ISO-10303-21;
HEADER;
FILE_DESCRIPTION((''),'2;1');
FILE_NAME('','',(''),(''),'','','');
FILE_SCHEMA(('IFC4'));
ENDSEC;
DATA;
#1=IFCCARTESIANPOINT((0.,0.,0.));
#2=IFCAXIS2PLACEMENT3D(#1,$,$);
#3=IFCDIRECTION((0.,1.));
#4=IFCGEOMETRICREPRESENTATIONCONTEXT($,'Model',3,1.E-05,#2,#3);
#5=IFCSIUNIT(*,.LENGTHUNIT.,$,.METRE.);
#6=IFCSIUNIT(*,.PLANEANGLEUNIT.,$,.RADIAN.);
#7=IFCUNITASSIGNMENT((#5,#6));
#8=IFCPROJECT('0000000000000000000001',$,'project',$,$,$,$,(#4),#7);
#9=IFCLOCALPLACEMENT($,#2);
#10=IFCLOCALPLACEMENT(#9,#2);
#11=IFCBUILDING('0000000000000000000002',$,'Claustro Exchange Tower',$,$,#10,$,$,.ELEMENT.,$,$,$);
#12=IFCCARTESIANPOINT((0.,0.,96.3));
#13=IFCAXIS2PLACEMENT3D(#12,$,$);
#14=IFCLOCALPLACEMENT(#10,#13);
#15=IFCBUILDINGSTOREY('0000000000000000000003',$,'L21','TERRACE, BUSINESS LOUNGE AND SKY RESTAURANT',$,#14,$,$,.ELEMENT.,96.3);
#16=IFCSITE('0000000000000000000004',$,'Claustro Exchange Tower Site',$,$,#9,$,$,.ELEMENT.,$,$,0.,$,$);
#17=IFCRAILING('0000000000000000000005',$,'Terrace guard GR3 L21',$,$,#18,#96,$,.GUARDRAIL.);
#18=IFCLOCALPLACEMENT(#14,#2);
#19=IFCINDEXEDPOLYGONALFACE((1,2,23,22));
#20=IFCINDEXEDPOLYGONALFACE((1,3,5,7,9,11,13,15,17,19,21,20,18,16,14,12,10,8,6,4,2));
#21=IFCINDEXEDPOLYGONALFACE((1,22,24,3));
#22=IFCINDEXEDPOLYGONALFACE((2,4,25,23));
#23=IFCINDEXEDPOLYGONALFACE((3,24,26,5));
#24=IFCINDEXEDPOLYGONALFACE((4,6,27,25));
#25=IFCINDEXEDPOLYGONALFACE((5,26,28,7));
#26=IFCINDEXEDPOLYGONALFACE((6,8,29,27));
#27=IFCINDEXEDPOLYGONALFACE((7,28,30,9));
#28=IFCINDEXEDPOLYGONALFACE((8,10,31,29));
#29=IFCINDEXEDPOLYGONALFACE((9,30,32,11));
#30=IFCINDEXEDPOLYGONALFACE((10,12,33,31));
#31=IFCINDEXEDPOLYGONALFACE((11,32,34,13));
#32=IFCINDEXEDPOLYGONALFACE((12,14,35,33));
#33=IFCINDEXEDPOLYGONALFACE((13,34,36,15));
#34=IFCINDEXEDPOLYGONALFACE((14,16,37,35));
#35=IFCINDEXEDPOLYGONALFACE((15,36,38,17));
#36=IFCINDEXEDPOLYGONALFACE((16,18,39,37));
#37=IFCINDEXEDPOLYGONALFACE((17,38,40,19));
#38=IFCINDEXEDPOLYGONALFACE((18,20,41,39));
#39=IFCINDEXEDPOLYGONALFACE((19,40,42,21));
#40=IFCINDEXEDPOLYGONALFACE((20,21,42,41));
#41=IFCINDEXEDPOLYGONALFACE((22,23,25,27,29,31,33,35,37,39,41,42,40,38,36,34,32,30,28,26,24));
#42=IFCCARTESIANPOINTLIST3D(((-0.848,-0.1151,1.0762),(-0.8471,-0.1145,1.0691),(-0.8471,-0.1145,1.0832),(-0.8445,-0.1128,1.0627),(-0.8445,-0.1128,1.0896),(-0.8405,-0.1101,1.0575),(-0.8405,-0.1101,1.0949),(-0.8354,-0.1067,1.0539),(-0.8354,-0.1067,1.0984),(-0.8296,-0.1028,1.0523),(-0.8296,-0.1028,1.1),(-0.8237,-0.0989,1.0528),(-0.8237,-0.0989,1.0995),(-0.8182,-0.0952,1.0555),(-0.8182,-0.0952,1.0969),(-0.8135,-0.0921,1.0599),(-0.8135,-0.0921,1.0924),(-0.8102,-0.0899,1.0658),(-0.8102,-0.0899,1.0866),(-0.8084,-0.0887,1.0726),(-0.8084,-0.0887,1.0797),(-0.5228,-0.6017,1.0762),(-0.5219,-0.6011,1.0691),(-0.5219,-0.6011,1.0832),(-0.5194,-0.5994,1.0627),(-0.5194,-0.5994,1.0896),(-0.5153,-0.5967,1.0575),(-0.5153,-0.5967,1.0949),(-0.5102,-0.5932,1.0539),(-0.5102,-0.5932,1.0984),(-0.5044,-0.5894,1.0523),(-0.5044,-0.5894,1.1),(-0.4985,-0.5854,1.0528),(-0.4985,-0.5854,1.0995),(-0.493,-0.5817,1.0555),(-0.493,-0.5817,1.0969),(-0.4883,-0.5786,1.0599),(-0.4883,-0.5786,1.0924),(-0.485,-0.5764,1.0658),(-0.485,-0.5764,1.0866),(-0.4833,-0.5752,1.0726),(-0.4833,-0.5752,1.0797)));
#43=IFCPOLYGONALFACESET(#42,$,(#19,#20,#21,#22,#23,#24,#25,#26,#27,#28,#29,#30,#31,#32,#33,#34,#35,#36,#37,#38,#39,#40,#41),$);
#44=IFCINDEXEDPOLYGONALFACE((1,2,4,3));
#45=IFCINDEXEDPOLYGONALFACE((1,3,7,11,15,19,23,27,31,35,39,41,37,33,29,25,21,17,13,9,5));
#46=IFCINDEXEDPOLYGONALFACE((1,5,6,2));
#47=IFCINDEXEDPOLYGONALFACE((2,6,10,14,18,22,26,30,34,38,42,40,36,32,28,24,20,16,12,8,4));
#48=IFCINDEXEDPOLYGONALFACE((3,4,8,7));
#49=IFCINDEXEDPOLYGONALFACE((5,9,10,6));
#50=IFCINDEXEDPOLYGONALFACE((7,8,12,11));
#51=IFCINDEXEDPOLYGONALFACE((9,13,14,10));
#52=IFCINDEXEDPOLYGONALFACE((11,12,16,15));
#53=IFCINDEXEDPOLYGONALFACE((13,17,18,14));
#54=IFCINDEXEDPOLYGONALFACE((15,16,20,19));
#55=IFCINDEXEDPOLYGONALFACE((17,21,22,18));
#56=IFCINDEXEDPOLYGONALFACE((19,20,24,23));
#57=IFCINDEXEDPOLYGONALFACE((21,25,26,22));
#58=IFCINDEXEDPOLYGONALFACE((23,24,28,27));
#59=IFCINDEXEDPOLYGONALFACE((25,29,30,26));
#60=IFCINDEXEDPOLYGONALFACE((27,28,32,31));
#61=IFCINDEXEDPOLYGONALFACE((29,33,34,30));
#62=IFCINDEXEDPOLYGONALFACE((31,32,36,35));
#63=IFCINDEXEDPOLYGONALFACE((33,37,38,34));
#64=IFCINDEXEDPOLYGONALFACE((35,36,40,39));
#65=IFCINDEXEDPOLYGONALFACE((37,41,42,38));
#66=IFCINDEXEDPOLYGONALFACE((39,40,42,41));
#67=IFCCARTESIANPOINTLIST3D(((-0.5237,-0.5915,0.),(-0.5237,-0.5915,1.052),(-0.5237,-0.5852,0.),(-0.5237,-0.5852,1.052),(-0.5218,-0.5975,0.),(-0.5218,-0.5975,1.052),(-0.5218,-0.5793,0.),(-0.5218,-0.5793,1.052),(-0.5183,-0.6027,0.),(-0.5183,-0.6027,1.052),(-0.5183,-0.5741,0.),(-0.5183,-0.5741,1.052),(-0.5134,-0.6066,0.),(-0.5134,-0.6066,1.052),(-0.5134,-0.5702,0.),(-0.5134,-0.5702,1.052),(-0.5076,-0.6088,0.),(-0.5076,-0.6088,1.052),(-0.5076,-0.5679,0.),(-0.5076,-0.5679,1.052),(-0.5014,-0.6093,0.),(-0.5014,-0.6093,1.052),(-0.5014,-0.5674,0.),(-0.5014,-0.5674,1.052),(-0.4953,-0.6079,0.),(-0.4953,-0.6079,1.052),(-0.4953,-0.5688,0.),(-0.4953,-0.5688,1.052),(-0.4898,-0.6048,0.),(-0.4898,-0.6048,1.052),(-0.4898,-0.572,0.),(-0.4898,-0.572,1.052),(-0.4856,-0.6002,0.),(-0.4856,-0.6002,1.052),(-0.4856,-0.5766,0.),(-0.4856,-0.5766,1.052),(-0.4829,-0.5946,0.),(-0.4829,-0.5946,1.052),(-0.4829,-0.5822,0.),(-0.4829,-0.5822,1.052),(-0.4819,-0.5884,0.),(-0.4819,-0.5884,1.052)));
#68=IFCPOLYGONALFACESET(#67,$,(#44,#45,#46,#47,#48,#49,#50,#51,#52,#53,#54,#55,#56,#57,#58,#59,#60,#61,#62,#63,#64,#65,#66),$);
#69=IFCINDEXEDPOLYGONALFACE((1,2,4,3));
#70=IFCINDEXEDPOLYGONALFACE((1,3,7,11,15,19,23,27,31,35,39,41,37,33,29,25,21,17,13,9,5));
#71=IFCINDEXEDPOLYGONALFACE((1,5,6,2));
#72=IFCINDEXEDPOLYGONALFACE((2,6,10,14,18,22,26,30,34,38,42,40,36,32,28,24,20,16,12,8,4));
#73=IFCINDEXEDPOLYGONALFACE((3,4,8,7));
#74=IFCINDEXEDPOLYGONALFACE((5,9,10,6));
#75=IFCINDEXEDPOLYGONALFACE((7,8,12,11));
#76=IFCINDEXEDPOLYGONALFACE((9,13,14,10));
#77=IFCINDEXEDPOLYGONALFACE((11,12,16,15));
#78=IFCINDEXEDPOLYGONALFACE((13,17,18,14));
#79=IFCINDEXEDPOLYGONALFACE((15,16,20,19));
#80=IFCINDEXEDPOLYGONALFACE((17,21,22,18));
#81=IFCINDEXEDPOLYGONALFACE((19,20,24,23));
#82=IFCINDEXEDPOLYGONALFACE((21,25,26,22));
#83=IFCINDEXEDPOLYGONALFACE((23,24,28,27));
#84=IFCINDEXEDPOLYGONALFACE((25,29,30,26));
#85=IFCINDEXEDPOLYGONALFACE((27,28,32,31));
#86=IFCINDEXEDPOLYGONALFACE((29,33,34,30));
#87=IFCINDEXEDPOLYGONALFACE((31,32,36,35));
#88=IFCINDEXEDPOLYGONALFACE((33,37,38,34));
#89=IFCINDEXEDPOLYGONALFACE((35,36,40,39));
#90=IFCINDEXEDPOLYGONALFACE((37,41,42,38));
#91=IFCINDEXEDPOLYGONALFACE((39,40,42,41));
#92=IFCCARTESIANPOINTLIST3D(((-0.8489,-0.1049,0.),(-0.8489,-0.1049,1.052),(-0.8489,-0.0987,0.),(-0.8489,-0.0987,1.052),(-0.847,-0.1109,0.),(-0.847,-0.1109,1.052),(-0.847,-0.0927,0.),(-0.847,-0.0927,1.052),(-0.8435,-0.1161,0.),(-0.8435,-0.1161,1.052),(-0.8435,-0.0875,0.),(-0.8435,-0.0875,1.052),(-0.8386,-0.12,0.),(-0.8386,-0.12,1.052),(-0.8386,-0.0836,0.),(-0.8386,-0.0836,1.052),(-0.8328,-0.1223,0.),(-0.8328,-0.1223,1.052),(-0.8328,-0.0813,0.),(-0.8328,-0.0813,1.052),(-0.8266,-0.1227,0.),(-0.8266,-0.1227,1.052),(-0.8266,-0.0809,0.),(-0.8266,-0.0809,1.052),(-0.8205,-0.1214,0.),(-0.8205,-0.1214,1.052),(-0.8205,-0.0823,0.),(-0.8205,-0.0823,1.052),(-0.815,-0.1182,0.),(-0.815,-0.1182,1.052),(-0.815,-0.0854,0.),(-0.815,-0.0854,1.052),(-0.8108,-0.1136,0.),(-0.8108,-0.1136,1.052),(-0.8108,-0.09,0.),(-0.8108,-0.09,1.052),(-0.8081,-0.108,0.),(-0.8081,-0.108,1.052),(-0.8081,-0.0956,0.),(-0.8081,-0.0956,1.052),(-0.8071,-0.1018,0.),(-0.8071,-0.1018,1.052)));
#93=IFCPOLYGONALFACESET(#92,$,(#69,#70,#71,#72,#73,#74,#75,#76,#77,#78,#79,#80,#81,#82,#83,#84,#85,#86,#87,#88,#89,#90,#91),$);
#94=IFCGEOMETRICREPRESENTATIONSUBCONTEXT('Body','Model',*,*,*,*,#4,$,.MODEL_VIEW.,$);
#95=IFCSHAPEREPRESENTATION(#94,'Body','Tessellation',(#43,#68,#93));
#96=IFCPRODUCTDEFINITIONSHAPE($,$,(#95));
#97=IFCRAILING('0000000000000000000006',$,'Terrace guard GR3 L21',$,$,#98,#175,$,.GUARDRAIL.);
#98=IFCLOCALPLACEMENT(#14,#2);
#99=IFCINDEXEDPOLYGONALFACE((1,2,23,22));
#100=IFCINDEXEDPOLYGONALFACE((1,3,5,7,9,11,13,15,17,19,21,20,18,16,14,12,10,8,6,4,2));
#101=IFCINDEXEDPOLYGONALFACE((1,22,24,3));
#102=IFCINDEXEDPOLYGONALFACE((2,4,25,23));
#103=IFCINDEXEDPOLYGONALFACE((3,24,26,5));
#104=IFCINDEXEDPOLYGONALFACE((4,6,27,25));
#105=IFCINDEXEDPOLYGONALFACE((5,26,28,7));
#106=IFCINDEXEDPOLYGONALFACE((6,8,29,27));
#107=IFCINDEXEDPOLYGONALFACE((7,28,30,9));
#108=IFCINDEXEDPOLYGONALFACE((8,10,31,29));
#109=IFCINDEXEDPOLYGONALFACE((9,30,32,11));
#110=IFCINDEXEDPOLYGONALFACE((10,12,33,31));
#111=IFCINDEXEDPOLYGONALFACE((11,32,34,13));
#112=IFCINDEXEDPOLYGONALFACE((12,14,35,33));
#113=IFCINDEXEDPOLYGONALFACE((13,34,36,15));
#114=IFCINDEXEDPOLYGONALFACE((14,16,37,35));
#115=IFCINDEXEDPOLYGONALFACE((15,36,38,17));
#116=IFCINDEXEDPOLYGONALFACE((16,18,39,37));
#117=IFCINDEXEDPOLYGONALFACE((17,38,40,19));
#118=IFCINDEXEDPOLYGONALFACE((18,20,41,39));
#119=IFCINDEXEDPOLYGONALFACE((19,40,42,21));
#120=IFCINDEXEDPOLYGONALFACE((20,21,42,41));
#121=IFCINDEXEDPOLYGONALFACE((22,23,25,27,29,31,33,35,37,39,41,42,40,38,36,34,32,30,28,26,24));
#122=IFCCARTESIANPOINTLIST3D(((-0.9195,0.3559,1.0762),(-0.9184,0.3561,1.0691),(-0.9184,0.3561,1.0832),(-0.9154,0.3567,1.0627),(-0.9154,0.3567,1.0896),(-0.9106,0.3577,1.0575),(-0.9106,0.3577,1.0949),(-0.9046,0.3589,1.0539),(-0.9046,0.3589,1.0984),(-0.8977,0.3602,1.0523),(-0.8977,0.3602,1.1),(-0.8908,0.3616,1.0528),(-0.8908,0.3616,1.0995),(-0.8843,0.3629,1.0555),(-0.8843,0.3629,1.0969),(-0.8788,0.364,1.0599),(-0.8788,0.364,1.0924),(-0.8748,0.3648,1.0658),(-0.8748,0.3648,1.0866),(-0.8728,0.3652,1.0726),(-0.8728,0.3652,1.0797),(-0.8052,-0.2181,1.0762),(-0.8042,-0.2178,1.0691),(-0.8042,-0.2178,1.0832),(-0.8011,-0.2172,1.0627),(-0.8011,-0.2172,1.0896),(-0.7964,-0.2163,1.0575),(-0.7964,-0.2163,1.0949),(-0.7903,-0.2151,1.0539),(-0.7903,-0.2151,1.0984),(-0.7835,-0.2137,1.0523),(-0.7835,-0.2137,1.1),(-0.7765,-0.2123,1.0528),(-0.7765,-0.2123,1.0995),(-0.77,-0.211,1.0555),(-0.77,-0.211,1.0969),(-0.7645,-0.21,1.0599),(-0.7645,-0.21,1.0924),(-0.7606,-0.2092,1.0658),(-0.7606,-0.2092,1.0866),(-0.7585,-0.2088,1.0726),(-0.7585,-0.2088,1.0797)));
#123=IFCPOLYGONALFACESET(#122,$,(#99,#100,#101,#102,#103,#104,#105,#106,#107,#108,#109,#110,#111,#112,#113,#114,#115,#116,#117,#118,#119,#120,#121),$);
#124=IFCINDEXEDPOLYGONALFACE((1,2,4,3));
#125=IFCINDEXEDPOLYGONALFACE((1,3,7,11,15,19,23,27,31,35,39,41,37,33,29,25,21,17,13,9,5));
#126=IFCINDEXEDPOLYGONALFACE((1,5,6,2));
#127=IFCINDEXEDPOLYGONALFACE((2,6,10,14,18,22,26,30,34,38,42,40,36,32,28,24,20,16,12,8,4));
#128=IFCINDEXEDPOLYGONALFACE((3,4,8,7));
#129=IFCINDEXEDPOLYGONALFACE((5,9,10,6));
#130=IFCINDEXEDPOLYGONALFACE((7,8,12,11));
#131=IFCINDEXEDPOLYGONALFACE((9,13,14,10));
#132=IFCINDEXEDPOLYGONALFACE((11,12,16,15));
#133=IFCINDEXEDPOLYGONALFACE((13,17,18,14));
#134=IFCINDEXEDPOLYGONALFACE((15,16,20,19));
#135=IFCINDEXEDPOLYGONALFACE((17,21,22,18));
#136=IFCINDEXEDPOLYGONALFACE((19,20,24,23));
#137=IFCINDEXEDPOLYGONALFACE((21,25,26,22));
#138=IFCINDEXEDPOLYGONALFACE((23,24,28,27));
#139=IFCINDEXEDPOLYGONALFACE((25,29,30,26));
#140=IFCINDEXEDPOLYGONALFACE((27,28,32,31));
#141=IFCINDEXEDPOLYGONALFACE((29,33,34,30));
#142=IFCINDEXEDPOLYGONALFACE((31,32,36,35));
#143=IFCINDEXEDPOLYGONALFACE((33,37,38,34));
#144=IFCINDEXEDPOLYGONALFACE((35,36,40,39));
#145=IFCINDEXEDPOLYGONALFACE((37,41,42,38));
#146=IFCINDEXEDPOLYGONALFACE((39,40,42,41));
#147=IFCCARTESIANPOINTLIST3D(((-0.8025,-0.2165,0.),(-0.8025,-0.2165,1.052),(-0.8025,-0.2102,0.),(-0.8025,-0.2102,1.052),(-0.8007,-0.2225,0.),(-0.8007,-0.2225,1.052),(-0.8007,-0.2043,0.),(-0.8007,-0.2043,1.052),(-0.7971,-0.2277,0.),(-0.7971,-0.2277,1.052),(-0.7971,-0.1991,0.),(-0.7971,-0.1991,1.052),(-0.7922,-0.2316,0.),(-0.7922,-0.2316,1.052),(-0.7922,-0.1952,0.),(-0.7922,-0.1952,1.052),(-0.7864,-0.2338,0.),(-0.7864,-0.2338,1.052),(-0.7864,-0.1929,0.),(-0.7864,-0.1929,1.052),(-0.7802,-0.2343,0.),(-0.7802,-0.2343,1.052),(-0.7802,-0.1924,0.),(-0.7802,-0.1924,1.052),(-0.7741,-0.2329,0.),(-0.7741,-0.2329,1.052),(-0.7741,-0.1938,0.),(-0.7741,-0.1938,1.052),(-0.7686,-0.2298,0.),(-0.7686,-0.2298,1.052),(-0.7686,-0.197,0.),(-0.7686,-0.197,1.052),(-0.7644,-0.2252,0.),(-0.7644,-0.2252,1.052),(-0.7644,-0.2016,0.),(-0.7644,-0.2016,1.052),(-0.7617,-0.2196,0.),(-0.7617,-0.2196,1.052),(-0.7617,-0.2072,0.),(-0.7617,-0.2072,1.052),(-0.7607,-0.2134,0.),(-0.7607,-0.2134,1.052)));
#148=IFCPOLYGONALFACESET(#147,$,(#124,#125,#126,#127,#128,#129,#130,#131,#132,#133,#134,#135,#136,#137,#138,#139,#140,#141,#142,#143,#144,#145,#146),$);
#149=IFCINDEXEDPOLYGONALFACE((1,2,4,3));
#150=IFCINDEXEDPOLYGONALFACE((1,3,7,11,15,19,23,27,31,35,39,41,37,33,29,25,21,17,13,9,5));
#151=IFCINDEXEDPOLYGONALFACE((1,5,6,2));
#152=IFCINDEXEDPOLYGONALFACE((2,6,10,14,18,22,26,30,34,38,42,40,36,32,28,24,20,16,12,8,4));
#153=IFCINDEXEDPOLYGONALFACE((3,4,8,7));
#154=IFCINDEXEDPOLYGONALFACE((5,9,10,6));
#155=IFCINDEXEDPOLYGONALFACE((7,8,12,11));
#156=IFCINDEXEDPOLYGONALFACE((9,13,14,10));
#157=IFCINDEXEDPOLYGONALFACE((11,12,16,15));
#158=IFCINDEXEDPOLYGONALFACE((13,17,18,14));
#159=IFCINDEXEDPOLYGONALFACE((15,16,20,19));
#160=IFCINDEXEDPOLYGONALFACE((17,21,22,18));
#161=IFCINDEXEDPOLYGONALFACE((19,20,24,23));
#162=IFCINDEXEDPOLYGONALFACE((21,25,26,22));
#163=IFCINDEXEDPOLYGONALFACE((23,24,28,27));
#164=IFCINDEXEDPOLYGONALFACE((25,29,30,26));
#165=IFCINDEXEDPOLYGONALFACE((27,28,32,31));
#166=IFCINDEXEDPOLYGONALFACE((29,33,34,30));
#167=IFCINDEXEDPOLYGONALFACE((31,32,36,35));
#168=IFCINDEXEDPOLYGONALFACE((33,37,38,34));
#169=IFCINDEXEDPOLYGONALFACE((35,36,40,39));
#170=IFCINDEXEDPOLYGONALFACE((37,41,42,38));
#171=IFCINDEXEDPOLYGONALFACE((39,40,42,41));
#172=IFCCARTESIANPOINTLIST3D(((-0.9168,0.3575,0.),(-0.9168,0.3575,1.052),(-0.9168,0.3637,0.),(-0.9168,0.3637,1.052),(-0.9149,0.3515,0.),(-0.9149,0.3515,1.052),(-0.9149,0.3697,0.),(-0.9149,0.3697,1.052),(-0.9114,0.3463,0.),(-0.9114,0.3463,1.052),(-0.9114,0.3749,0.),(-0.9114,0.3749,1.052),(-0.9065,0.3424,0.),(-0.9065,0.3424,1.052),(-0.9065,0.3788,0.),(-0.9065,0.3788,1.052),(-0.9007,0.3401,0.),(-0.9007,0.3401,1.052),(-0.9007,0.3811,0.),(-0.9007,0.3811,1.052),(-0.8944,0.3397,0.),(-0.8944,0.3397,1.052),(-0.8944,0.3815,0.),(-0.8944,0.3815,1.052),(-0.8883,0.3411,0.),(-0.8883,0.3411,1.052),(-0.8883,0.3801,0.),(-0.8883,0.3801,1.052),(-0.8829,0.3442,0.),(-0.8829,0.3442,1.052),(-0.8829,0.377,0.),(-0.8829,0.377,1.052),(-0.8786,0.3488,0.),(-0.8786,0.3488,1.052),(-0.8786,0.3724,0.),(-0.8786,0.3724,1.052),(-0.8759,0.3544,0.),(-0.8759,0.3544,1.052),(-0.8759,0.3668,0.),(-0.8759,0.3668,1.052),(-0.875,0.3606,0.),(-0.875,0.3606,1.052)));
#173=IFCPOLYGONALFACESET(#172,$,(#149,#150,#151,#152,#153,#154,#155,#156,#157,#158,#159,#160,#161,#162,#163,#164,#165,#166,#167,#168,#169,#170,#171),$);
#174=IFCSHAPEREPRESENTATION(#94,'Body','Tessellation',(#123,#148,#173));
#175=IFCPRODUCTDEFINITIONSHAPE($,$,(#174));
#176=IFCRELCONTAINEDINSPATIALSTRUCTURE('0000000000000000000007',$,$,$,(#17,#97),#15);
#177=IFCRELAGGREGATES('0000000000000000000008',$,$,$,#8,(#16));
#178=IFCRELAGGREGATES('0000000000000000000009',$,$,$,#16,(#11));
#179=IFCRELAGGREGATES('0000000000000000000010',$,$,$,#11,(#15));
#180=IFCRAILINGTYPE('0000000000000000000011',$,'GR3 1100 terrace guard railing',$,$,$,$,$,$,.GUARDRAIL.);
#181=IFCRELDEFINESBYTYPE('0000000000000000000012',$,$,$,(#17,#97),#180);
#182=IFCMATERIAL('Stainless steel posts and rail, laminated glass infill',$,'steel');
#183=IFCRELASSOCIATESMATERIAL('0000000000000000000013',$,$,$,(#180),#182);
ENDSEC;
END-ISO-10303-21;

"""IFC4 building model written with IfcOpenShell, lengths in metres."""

from ifc_helpers import new_model, si_unit, direction, frame, origin, origin_2d, place, context, subcontext, project, spatial, circle, extrude, material, type_object, element, save


model = new_model("IFC4")

# Units and contexts
model_context = context("Model", 3, precision=1e-05, world=origin(), true_north=direction((0.0, 1.0)))
body_context = subcontext(model_context, "Body", "Model", "MODEL_VIEW")
ifc_project = project(units=[si_unit("LENGTHUNIT", "METRE"), si_unit("PLANEANGLEUNIT", "RADIAN")], contexts=[model_context])

# Site, building, storey
site_placement = place(None, origin())
site = spatial("IfcSite", under=ifc_project, at=site_placement, Name="Claustro Exchange Tower Site", CompositionType="ELEMENT", RefElevation=0.0)
building_placement = place(site_placement, origin())
building = spatial("IfcBuilding", under=site, at=building_placement, Name="Claustro Exchange Tower", CompositionType="ELEMENT")
storey_placement = place(building_placement, frame((0.0, 0.0, 96.3)))
storey = spatial("IfcBuildingStorey", under=building, at=storey_placement, Name="L21", Description="TERRACE, BUSINESS LOUNGE AND SKY RESTAURANT", CompositionType="ELEMENT", Elevation=96.3)

# Railings
ifc_material_1 = material(Name="Stainless steel posts and rail, laminated glass infill", Category="steel")
railing_type = type_object("IfcRailingType", Name="GR3 1100 terrace guard railing", PredefinedType="GUARDRAIL", material=ifc_material_1)
railing_1_placement = place(storey_placement, frame((-0.5029, -0.5884, 0.0)))
element("IfcRailing", 1, at=railing_1_placement, inside=storey, type_object=railing_type, Name="Terrace guard GR3 L21", PredefinedType="GUARDRAIL", context=body_context, shape_type="SweptSolid", body=[
    extrude(circle(Radius=0.0239, at=origin_2d()), frame((0.0, 0.0, 1.0762), z_axis=(-0.555663, 0.831408, 0.0), x_axis=(-0.831408, -0.555663, 0.0)), (0.0, 0.0, 1.0), 0.5852),
    extrude(circle(Radius=0.021, at=origin_2d()), origin(), (0.0, 0.0, 1.0), 1.052),
    extrude(circle(Radius=0.021, at=origin_2d()), frame((-0.3252, 0.4866, 0.0)), (0.0, 0.0, 1.0), 1.052),
])
railing_2_placement = place(storey_placement, frame((-0.7817, -0.2134, 0.0)))
element("IfcRailing", 2, at=railing_2_placement, inside=storey, type_object=railing_type, Name="Terrace guard GR3 L21", PredefinedType="GUARDRAIL", context=body_context, shape_type="SweptSolid", body=[
    extrude(circle(Radius=0.0239, at=origin_2d()), frame((0.0, 0.0, 1.0762), z_axis=(-0.195234, 0.980757, 0.0), x_axis=(-0.980757, -0.195234, 0.0)), (0.0, 0.0, 1.0), 0.5852),
    extrude(circle(Radius=0.021, at=origin_2d()), origin(), (0.0, 0.0, 1.0), 1.052),
    extrude(circle(Radius=0.021, at=origin_2d()), frame((-0.1143, 0.574, 0.0)), (0.0, 0.0, 1.0), 1.052),
])

save(model, "model.ifc")
